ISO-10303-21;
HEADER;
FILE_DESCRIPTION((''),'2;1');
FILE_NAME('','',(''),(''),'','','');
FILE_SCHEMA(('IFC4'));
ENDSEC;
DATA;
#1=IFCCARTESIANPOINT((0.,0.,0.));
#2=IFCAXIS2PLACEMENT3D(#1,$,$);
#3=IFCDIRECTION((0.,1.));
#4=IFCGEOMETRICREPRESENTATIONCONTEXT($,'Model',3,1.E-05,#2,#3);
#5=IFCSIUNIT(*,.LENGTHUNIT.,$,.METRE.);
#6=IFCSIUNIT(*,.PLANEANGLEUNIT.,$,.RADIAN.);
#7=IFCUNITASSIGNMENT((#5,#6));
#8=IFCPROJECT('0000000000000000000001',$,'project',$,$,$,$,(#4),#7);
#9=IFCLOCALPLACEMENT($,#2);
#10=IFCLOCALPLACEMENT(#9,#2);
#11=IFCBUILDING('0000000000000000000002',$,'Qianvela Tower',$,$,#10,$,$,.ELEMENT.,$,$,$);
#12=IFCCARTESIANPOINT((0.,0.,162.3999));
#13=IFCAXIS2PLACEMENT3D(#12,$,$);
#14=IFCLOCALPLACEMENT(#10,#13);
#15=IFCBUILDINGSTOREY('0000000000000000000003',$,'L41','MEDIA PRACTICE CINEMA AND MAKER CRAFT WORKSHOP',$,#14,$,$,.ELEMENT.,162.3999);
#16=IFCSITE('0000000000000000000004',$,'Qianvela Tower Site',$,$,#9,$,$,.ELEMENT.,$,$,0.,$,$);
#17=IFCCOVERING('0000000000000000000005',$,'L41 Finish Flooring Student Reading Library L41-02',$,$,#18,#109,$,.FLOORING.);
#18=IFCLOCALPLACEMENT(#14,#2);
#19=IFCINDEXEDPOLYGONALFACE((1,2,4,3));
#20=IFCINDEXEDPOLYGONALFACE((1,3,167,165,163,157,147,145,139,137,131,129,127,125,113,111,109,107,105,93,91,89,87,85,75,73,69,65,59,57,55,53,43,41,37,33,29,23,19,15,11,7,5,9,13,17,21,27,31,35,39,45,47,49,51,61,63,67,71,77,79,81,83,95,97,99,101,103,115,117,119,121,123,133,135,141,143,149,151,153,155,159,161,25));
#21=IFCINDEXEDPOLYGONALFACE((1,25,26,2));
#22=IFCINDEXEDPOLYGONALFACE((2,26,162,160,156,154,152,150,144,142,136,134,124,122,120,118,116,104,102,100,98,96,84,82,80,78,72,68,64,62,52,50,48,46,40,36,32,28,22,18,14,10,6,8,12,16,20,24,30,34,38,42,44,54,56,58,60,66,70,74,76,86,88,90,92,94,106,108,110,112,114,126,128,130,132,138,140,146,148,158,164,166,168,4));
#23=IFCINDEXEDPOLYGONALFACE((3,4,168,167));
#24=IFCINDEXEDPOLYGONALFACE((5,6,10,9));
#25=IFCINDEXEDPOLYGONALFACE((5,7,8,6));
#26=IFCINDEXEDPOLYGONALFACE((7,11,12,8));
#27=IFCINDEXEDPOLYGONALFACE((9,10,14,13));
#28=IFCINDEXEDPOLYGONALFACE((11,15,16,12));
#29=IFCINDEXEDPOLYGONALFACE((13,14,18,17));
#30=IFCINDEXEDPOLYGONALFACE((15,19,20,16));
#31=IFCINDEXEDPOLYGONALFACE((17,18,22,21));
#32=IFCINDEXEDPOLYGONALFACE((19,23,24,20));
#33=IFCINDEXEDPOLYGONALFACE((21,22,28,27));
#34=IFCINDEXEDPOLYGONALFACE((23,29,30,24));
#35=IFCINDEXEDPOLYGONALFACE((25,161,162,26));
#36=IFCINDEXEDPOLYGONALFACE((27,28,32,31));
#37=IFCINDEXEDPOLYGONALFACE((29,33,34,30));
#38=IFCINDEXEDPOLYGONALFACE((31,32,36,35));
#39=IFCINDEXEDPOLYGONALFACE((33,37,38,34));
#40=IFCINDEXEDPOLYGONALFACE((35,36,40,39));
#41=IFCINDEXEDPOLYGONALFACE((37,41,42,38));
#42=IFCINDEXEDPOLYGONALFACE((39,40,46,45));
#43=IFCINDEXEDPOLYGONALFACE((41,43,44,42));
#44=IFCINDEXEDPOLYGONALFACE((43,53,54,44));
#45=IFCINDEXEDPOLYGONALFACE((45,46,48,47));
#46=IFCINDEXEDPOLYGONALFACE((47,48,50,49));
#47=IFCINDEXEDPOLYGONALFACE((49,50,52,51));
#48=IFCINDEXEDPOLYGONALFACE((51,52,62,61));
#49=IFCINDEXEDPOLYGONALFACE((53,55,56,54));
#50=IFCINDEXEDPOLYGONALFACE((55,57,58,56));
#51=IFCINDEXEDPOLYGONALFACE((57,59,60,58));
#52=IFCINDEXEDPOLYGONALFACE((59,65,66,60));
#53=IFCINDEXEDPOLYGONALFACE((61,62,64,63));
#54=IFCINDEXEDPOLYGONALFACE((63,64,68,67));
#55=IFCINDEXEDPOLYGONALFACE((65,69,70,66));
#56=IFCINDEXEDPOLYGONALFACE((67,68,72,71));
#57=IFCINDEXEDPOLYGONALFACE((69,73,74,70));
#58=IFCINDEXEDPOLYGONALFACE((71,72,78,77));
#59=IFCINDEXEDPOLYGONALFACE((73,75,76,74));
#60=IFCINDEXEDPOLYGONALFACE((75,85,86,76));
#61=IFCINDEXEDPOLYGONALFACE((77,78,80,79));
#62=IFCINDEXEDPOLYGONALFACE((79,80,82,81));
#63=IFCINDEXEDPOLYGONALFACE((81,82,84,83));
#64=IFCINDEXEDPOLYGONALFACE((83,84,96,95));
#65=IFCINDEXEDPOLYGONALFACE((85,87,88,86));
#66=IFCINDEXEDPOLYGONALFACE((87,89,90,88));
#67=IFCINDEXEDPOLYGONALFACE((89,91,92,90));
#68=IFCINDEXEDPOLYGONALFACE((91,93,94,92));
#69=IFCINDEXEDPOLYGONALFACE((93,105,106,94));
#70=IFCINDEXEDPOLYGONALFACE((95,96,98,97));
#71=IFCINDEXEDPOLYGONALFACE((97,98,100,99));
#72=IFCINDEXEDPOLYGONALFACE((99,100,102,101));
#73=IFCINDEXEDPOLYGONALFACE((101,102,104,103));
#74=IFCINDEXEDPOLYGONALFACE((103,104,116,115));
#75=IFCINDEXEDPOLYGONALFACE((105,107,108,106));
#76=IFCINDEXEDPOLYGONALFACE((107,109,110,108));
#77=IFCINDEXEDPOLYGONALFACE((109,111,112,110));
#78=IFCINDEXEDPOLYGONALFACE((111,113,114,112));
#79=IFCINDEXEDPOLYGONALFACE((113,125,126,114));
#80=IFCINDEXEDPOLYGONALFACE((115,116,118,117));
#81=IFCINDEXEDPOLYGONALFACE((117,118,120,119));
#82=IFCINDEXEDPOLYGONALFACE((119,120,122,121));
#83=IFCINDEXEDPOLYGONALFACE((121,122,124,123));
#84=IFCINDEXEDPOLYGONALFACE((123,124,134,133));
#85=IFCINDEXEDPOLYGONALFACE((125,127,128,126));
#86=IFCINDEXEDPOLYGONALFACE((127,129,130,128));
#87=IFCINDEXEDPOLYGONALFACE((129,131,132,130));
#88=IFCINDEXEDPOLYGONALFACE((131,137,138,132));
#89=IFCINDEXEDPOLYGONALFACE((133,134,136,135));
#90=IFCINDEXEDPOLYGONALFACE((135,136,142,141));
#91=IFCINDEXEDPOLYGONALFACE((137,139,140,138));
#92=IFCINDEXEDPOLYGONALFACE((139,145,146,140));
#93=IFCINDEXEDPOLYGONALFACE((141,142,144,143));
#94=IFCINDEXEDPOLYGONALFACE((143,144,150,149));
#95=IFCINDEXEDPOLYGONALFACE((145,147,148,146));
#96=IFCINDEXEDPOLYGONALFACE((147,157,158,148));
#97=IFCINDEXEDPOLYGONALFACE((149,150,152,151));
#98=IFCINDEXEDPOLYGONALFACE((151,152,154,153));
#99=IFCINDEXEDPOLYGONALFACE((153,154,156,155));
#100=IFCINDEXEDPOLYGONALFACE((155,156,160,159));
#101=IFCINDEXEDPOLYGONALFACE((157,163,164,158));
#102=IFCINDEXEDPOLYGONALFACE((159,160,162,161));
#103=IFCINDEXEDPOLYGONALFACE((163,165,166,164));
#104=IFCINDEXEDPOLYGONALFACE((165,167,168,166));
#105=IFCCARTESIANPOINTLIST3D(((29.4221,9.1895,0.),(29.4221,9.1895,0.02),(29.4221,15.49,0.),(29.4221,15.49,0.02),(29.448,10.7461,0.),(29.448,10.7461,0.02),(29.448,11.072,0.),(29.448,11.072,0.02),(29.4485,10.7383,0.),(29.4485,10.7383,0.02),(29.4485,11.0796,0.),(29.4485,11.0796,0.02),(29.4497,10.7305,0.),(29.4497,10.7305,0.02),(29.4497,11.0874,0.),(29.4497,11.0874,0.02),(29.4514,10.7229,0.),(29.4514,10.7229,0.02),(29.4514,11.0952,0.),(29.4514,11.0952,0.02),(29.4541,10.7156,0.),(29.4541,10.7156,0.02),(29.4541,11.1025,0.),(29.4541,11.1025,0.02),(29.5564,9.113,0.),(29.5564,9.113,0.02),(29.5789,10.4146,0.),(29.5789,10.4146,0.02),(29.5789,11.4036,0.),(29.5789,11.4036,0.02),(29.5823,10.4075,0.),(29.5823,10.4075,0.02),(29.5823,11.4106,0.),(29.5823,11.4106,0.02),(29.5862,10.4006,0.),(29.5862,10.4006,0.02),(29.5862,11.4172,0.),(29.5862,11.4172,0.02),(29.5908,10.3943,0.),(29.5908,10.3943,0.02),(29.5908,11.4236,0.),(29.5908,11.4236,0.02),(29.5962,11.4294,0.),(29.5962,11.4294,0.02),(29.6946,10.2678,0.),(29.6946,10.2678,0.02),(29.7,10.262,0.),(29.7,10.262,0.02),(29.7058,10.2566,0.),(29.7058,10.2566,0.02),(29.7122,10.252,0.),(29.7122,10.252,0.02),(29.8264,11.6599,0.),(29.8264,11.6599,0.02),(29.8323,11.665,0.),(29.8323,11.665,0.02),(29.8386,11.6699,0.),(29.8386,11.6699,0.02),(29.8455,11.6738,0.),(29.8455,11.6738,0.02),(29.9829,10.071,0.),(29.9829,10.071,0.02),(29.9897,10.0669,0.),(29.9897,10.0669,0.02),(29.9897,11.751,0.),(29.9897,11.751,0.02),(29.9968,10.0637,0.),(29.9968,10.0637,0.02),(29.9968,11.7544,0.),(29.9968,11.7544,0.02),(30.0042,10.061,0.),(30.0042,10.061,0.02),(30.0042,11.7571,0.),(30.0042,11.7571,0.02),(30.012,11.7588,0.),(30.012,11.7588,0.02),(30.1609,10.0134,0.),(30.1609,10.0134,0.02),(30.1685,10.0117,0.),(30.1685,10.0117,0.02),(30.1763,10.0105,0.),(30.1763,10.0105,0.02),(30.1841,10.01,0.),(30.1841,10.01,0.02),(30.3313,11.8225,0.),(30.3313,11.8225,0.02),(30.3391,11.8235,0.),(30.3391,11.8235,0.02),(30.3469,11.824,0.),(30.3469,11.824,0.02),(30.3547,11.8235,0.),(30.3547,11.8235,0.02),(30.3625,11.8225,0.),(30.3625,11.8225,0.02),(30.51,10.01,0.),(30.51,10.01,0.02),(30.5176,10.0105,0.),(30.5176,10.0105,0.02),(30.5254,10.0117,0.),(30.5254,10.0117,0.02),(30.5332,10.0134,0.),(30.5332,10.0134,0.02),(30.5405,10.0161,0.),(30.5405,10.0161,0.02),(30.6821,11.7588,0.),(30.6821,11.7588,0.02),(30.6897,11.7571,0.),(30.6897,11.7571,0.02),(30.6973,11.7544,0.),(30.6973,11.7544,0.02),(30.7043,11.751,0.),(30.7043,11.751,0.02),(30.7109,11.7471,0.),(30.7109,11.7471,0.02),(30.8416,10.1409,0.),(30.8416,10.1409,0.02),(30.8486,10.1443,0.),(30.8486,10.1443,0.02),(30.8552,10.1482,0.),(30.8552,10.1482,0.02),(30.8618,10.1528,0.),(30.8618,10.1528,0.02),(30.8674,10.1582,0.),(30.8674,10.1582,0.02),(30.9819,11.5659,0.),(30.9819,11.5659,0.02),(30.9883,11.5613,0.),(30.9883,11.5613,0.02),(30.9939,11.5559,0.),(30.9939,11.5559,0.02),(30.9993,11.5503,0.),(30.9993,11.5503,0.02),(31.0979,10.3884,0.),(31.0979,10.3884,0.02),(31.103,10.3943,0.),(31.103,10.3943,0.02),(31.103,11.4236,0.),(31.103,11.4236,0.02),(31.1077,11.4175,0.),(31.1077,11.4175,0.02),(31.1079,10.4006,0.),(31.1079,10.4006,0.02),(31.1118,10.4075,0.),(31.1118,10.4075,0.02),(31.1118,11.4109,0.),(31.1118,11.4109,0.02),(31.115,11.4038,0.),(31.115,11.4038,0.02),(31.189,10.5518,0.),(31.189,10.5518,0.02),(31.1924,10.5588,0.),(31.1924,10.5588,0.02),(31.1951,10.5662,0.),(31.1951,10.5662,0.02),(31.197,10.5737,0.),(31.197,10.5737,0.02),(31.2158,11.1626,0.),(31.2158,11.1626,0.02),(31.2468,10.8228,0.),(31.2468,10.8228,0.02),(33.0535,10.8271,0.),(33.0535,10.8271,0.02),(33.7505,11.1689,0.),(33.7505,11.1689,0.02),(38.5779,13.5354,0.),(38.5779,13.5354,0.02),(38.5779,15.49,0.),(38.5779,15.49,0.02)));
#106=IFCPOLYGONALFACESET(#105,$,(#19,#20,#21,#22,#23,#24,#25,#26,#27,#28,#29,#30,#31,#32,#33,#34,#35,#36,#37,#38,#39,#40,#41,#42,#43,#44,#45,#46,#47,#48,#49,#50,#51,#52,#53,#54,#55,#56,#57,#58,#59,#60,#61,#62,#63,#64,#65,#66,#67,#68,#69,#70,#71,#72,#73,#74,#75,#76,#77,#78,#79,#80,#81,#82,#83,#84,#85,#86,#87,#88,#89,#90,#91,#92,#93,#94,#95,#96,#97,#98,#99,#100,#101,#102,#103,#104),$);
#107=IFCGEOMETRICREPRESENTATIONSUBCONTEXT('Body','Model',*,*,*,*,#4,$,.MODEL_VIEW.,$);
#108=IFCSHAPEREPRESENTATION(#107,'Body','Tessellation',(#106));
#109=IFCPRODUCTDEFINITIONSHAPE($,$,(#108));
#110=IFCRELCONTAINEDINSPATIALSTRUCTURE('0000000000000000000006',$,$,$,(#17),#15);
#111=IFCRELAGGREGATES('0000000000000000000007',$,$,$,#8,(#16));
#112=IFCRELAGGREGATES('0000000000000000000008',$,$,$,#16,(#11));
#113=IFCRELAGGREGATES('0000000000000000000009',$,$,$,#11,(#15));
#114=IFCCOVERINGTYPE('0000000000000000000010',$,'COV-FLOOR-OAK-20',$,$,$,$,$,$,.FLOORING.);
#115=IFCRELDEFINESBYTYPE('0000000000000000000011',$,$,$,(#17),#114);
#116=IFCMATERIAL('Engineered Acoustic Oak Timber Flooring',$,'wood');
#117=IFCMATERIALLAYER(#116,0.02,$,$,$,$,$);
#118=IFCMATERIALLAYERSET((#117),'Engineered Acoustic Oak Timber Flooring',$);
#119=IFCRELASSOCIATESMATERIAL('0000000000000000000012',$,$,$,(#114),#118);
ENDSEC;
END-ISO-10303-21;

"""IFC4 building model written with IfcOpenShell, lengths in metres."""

from ifc_helpers import new_model, si_unit, direction, frame, origin, place, context, subcontext, project, spatial, polyline, outline, extrude, material, layer, layer_set, type_object, element, save


model = new_model("IFC4")

# Units and contexts
model_context = context("Model", 3, precision=1e-05, world=origin(), true_north=direction((0.0, 1.0)))
body_context = subcontext(model_context, "Body", "Model", "MODEL_VIEW")
ifc_project = project(units=[si_unit("LENGTHUNIT", "METRE"), si_unit("PLANEANGLEUNIT", "RADIAN")], contexts=[model_context])

# Site, building, storey
site_placement = place(None, origin())
site = spatial("IfcSite", under=ifc_project, at=site_placement, Name="Qianvela Tower Site", CompositionType="ELEMENT", RefElevation=0.0)
building_placement = place(site_placement, origin())
building = spatial("IfcBuilding", under=site, at=building_placement, Name="Qianvela Tower", CompositionType="ELEMENT")
storey_placement = place(building_placement, frame((0.0, 0.0, 162.3999)))
storey = spatial("IfcBuildingStorey", under=building, at=storey_placement, Name="L41", Description="MEDIA PRACTICE CINEMA AND MAKER CRAFT WORKSHOP", CompositionType="ELEMENT", Elevation=162.3999)

# Covering
ifc_material_1 = material(Name="Engineered Acoustic Oak Timber Flooring", Category="wood")
ifc_layer_1 = layer(ifc_material_1, 0.02)
ifc_layer_set_1 = layer_set([ifc_layer_1], Name="Engineered Acoustic Oak Timber Flooring")
covering_type_1 = type_object("IfcCoveringType", Name="COV-FLOOR-OAK-20", PredefinedType="FLOORING", material=ifc_layer_set_1)
covering_1_placement = place(storey_placement, origin())
element("IfcCovering", 1, at=covering_1_placement, inside=storey, type_object=covering_type_1, Name="L41 Finish Flooring Student Reading Library L41-02", PredefinedType="FLOORING", context=body_context, shape_type="SweptSolid", body=[
    extrude(outline(polyline([(38.5779, 13.5354), (33.7505, 11.1689), (31.2158, 11.1626), (31.115, 11.4038), (31.1118, 11.4109), (31.1077, 11.4175), (31.103, 11.4236), (30.9993, 11.5503), (30.9939, 11.5559), (30.9883, 11.5613), (30.9819, 11.5659), (30.7109, 11.7471), (30.7043, 11.751), (30.6973, 11.7544), (30.6897, 11.7571), (30.6821, 11.7588), (30.3625, 11.8225), (30.3547, 11.8235), (30.3469, 11.824), (30.3391, 11.8235), (30.3313, 11.8225), (30.012, 11.7588), (30.0042, 11.7571), (29.9968, 11.7544), (29.9897, 11.751), (29.8455, 11.6738), (29.8386, 11.6699), (29.8323, 11.665), (29.8264, 11.6599), (29.5962, 11.4294), (29.5908, 11.4236), (29.5862, 11.4172), (29.5823, 11.4106), (29.5789, 11.4036), (29.4541, 11.1025), (29.4514, 11.0952), (29.4497, 11.0874), (29.4485, 11.0796), (29.448, 11.072), (29.448, 10.7461), (29.4485, 10.7383), (29.4497, 10.7305), (29.4514, 10.7229), (29.4541, 10.7156), (29.5789, 10.4146), (29.5823, 10.4075), (29.5862, 10.4006), (29.5908, 10.3943), (29.6946, 10.2678), (29.7, 10.262), (29.7058, 10.2566), (29.7122, 10.252), (29.9829, 10.071), (29.9897, 10.0669), (29.9968, 10.0637), (30.0042, 10.061), (30.1609, 10.0134), (30.1685, 10.0117), (30.1763, 10.0105), (30.1841, 10.01), (30.51, 10.01), (30.5176, 10.0105), (30.5254, 10.0117), (30.5332, 10.0134), (30.5405, 10.0161), (30.8416, 10.1409), (30.8486, 10.1443), (30.8552, 10.1482), (30.8618, 10.1528), (30.8674, 10.1582), (31.0979, 10.3884), (31.103, 10.3943), (31.1079, 10.4006), (31.1118, 10.4075), (31.189, 10.5518), (31.1924, 10.5588), (31.1951, 10.5662), (31.197, 10.5737), (31.2468, 10.8228), (33.0535, 10.8271), (29.5564, 9.113), (29.4221, 9.1895), (29.4221, 15.49), (38.5779, 15.49), (38.5779, 13.5354)])), origin(), (0.0, 0.0, 1.0), 0.02),
])

save(model, "model.ifc")
